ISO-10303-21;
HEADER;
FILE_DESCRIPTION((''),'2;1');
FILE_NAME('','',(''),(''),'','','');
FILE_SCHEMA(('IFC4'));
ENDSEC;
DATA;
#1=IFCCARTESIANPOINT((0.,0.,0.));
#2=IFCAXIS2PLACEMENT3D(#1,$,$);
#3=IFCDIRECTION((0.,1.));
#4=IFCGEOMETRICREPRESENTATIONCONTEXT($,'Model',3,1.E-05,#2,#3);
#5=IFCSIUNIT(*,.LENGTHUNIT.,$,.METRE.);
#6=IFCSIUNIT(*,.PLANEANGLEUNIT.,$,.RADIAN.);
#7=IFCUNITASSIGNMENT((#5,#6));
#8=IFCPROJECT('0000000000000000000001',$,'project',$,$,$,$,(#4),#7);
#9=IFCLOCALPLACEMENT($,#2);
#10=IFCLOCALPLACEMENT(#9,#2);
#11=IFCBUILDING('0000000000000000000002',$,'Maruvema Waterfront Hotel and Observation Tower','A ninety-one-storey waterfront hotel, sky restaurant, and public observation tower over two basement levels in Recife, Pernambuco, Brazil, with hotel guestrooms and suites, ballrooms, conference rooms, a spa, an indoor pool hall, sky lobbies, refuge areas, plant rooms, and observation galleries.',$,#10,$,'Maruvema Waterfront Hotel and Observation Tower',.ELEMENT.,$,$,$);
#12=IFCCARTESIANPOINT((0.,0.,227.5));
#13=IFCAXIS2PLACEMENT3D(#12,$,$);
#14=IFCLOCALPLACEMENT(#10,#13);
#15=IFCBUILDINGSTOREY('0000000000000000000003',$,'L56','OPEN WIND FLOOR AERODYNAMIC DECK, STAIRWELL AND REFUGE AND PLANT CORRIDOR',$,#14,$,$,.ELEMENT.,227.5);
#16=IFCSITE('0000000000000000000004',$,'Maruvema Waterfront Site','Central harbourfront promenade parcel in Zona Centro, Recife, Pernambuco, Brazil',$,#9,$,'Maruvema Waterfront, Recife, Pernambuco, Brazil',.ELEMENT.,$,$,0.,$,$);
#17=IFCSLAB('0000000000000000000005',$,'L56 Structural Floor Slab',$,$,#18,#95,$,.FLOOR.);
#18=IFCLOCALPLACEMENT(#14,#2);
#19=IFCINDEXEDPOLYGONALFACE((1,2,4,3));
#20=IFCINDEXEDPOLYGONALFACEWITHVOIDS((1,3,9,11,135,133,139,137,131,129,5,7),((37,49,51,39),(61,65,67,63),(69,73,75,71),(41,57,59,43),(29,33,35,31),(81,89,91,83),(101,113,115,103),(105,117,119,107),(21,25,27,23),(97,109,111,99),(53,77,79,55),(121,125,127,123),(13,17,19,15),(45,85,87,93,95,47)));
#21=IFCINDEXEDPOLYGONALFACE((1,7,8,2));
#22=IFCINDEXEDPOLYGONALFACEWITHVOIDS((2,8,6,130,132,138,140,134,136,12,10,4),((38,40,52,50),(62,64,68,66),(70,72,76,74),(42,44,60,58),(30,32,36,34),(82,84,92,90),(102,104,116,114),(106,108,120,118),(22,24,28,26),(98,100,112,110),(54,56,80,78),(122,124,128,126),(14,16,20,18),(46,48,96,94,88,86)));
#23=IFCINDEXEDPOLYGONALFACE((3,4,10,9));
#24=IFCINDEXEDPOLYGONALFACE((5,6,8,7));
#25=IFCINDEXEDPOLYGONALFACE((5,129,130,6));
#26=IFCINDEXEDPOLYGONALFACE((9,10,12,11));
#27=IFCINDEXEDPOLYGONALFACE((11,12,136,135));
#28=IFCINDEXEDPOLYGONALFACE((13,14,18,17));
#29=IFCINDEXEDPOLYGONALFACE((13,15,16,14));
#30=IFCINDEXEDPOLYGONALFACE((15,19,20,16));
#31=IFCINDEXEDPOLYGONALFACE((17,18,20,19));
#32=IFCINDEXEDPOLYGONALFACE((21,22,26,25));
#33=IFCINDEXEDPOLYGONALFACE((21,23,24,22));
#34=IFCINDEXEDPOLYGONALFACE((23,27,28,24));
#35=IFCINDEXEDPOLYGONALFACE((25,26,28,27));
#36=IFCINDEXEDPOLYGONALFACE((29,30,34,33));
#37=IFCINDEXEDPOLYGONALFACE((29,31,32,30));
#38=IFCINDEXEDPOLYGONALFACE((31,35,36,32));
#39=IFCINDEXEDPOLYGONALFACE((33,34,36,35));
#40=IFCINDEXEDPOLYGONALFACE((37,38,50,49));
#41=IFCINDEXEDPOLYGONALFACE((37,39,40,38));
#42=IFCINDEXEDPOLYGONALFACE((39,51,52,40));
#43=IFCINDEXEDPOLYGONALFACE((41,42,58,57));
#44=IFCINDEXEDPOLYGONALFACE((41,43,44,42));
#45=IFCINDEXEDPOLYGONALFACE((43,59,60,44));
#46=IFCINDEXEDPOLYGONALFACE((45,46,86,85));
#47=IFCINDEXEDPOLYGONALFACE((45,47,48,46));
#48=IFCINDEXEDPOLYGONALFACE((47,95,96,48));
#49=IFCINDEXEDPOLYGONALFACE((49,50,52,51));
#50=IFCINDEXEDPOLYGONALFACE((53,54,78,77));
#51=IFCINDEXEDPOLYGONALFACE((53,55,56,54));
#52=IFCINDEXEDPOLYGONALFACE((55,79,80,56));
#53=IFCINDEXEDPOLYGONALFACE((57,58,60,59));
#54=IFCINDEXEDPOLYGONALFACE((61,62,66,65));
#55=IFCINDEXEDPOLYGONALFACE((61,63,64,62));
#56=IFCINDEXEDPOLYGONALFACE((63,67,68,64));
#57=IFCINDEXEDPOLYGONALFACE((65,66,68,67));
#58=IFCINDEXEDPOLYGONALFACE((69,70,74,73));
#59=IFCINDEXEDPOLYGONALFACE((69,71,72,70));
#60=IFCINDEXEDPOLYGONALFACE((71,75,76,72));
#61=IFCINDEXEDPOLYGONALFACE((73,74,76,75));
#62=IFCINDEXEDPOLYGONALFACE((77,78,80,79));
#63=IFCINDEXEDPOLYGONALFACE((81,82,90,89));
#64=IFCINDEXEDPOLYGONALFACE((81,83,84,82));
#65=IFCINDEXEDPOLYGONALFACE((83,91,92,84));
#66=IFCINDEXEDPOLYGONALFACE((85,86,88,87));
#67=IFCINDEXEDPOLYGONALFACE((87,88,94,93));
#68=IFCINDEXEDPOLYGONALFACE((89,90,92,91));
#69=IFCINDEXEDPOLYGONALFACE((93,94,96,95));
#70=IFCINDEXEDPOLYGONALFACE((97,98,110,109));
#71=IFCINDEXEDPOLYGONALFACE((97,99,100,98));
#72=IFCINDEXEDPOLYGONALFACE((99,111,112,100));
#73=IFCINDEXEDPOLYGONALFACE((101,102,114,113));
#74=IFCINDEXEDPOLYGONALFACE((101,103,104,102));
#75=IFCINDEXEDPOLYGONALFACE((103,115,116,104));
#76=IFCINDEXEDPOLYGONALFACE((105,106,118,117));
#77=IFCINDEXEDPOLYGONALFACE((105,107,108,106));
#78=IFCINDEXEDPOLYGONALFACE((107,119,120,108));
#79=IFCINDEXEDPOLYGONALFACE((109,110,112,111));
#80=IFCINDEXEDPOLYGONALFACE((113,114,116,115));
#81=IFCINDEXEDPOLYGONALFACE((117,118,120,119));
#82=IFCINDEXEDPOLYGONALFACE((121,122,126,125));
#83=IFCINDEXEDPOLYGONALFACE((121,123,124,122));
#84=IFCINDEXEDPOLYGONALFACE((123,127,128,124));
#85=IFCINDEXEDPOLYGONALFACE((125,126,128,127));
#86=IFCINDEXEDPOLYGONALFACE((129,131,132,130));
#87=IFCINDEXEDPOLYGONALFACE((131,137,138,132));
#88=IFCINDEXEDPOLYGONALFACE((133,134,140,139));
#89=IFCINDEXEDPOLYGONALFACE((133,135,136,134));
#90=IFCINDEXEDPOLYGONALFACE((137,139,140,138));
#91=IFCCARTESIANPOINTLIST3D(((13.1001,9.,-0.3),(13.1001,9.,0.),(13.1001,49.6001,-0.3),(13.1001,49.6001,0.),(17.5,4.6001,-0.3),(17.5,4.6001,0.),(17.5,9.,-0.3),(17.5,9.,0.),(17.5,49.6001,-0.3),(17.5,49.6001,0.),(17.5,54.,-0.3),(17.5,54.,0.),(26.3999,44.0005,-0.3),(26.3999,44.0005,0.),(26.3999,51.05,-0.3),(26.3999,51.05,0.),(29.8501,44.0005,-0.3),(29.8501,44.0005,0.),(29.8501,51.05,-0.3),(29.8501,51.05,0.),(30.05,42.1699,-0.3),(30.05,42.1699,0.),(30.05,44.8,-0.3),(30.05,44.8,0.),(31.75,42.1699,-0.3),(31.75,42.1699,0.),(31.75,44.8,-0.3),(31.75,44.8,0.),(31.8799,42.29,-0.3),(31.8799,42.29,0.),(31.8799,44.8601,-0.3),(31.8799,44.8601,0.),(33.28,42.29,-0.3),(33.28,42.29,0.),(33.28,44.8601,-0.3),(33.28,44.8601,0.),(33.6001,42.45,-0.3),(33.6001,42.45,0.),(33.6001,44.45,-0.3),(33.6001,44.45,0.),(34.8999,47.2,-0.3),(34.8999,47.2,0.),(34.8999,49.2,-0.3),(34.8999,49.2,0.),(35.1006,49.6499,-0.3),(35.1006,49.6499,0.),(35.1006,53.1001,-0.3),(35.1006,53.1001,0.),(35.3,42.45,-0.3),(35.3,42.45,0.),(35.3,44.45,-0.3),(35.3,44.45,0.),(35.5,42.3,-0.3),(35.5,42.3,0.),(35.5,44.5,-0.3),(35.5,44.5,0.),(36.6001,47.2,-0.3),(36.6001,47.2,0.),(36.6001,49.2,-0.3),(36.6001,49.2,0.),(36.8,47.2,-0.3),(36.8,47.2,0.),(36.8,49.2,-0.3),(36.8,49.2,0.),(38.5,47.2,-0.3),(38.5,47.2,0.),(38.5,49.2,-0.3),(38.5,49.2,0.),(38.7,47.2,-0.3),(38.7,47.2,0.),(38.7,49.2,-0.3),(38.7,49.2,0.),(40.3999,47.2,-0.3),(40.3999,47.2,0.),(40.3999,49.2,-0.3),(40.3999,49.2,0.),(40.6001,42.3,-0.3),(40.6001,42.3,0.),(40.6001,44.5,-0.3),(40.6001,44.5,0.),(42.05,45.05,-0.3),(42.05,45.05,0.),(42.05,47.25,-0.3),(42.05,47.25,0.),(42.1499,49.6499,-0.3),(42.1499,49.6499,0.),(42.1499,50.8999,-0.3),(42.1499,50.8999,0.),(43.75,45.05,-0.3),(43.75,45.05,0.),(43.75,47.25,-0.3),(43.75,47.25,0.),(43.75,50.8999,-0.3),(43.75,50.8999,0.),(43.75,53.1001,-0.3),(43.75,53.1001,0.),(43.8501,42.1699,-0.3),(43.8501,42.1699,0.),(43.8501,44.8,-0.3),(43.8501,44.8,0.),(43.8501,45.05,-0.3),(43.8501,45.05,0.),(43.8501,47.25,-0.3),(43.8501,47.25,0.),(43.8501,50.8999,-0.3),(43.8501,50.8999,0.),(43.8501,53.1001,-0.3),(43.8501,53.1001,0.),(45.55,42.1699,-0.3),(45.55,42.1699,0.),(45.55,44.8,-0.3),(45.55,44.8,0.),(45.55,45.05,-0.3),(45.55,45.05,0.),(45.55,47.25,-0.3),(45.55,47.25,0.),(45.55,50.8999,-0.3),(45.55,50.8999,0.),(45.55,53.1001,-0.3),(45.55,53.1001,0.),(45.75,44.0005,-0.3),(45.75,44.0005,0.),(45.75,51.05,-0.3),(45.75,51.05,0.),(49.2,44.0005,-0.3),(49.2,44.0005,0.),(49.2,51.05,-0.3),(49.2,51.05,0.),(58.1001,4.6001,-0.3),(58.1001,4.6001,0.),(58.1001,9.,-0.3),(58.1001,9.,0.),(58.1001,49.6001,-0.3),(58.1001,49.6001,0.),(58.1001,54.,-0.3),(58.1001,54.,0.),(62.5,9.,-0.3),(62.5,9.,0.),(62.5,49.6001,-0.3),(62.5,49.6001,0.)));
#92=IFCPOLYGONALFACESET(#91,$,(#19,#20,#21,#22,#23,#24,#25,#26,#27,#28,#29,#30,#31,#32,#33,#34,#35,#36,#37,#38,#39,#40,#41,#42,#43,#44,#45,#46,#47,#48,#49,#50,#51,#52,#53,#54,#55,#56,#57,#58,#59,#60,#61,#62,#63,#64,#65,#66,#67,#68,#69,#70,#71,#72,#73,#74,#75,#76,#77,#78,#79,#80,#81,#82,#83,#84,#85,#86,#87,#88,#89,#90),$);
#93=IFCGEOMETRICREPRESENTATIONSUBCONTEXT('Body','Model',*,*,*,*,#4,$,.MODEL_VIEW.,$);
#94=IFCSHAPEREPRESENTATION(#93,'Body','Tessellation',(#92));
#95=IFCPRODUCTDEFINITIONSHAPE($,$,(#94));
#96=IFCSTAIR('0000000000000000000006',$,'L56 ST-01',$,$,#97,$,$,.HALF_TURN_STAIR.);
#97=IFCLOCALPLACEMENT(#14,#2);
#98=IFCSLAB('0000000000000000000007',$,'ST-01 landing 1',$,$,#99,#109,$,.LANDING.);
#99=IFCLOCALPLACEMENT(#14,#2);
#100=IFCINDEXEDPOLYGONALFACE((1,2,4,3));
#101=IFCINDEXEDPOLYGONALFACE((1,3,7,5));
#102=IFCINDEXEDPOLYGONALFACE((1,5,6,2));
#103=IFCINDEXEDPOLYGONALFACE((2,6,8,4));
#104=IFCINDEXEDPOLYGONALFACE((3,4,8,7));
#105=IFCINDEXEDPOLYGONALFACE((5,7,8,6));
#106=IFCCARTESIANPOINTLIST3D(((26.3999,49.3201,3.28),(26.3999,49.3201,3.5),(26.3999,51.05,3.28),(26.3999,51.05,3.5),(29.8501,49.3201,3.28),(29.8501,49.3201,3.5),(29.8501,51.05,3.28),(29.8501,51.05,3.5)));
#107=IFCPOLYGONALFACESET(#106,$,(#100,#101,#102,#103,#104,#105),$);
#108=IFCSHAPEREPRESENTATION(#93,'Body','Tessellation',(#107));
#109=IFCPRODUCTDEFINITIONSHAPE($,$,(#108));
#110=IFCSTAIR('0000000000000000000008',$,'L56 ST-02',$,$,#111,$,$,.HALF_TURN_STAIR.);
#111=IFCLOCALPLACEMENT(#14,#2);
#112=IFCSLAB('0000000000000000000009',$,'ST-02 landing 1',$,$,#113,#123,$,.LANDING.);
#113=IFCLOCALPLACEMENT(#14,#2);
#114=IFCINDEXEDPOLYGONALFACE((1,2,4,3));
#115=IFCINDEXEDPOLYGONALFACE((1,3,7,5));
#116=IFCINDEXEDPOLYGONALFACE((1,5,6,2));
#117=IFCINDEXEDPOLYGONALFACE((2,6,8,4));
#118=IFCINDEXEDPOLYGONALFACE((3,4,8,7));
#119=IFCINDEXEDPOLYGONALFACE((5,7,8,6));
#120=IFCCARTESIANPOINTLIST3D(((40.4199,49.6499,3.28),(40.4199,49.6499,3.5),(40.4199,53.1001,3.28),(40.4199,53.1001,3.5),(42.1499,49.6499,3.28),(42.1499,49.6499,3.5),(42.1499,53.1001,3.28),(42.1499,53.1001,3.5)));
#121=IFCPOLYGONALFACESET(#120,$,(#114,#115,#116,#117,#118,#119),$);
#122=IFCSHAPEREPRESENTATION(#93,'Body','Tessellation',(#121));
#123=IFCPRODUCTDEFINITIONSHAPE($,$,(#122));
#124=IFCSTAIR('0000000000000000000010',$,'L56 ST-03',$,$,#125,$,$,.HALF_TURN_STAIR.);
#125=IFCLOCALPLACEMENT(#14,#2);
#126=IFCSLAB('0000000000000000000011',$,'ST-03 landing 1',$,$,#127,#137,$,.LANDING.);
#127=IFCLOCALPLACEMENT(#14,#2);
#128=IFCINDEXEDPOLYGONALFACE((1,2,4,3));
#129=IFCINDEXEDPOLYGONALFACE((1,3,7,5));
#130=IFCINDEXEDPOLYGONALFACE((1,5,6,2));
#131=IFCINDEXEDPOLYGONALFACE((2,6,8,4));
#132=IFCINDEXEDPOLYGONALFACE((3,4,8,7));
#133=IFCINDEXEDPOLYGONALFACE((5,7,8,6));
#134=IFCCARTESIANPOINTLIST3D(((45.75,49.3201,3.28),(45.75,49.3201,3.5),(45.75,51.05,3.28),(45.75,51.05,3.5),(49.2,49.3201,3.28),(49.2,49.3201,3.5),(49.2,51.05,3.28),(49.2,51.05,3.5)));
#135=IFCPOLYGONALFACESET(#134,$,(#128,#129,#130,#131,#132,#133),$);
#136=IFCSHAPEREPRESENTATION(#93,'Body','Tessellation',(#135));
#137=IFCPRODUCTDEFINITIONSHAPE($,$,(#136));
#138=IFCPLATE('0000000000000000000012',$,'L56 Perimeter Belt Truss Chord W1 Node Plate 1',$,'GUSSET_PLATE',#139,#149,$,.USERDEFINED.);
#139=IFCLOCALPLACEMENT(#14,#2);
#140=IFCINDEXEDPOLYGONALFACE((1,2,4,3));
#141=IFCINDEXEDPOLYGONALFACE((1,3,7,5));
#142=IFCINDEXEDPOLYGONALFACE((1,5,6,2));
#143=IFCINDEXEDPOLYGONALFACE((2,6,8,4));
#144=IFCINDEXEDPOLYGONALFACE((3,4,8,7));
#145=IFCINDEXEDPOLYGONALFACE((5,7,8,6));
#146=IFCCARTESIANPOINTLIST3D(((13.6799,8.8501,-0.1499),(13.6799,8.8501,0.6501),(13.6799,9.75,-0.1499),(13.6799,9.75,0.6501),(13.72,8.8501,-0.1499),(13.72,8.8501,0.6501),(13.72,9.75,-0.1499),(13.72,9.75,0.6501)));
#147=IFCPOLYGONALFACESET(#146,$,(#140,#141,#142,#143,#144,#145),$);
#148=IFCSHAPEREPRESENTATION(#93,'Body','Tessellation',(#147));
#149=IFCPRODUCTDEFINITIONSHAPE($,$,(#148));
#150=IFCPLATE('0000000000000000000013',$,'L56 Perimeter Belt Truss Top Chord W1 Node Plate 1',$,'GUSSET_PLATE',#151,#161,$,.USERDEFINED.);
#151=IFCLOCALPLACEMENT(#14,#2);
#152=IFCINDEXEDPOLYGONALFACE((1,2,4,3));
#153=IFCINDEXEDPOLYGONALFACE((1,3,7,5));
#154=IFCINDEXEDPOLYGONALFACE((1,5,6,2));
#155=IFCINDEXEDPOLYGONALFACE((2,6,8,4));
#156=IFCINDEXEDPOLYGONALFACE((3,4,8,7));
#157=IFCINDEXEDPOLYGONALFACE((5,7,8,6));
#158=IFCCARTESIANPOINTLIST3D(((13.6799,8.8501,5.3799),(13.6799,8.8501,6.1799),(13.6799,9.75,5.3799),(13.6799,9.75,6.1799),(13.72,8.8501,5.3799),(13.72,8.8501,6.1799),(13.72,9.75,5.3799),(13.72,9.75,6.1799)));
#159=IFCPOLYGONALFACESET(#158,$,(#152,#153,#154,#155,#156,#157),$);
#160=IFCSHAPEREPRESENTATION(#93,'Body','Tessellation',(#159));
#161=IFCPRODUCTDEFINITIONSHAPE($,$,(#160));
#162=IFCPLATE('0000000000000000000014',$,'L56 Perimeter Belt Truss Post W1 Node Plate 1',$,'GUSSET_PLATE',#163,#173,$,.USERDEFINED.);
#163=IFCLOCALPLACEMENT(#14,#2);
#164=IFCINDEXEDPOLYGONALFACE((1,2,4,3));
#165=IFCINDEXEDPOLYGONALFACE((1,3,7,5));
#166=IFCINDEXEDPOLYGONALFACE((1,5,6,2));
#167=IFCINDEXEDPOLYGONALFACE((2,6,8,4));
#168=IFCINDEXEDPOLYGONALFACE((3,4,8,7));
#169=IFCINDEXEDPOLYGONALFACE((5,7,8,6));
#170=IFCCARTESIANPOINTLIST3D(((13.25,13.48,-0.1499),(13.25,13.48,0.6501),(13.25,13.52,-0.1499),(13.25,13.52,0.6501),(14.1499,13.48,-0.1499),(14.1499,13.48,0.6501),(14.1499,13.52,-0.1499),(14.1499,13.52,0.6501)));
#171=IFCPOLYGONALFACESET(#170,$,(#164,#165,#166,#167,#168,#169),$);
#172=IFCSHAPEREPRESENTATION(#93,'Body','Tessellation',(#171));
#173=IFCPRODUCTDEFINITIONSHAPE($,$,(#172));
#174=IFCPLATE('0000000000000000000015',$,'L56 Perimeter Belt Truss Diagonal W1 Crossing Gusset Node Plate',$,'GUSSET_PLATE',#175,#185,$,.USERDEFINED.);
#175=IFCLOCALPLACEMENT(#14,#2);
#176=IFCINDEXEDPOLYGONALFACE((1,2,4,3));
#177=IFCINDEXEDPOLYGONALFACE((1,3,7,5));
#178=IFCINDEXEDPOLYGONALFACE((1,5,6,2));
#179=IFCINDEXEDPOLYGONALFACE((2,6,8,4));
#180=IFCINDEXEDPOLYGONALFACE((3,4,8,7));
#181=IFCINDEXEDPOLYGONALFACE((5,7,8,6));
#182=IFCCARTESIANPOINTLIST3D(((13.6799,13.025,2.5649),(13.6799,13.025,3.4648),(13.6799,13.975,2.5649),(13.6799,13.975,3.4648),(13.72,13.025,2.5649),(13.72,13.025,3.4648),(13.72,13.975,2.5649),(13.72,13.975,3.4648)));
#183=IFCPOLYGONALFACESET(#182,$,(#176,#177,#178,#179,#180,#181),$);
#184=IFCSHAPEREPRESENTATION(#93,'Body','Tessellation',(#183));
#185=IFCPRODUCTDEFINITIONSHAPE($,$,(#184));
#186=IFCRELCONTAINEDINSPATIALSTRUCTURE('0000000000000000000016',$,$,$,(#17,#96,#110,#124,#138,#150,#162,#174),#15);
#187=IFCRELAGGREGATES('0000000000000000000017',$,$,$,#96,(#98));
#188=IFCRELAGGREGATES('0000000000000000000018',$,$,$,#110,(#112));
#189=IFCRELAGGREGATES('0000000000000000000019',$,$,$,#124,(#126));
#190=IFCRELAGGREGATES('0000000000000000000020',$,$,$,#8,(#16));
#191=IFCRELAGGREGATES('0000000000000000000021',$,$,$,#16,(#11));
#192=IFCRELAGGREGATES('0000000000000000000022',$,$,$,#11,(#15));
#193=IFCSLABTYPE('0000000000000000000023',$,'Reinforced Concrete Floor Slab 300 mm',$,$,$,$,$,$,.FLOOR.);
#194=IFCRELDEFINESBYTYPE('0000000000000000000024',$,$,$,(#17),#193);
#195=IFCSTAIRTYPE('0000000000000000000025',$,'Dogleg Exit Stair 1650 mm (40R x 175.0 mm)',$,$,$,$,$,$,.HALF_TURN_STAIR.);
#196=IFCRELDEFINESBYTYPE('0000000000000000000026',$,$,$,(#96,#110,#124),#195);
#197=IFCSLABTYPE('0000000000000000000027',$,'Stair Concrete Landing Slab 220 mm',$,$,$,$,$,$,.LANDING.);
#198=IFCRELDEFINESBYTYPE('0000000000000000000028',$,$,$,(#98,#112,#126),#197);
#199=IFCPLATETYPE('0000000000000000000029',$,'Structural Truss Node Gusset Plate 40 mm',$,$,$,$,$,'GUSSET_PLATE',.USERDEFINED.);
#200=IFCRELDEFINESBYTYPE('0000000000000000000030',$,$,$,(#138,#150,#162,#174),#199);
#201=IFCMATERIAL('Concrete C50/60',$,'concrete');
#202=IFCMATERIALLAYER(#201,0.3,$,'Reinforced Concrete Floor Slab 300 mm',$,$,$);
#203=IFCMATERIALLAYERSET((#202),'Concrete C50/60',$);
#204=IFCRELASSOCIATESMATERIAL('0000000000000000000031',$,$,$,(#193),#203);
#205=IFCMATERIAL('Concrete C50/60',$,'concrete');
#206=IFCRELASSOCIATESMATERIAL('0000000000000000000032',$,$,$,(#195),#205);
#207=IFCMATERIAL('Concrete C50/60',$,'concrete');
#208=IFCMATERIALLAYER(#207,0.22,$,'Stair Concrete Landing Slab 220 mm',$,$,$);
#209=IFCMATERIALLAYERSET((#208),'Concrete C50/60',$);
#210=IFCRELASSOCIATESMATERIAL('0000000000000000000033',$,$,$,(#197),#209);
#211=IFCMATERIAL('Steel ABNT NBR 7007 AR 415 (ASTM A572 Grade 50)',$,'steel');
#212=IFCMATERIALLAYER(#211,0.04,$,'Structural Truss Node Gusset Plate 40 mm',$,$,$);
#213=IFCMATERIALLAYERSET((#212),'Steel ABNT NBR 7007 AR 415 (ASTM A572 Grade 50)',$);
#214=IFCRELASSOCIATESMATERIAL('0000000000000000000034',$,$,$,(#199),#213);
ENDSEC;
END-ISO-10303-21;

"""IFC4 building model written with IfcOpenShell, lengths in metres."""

from ifc_helpers import new_model, si_unit, direction, frame, origin, origin_2d, place, context, subcontext, project, spatial, polyline, rectangle, outline, extrude, material, layer, layer_set, type_object, element, aggregate, save


model = new_model("IFC4")

# Units and contexts
model_context = context("Model", 3, precision=1e-05, world=origin(), true_north=direction((0.0, 1.0)))
body_context = subcontext(model_context, "Body", "Model", "MODEL_VIEW")
ifc_project = project(units=[si_unit("LENGTHUNIT", "METRE"), si_unit("PLANEANGLEUNIT", "RADIAN")], contexts=[model_context])

# Site, building, storey
site_placement = place(None, origin())
site = spatial("IfcSite", under=ifc_project, at=site_placement, Name="Maruvema Waterfront Site", Description="Central harbourfront promenade parcel in Zona Centro, Recife, Pernambuco, Brazil", LongName="Maruvema Waterfront, Recife, Pernambuco, Brazil", CompositionType="ELEMENT", RefElevation=0.0)
building_placement = place(site_placement, origin())
building = spatial("IfcBuilding", under=site, at=building_placement, Name="Maruvema Waterfront Hotel and Observation Tower", Description="A ninety-one-storey waterfront hotel, sky restaurant, and public observation tower over two basement levels in Recife, Pernambuco, Brazil, with hotel guestrooms and suites, ballrooms, conference rooms, a spa, an indoor pool hall, sky lobbies, refuge areas, plant rooms, and observation galleries.", LongName="Maruvema Waterfront Hotel and Observation Tower", CompositionType="ELEMENT")
storey_placement = place(building_placement, frame((0.0, 0.0, 227.5)))
storey = spatial("IfcBuildingStorey", under=building, at=storey_placement, Name="L56", Description="OPEN WIND FLOOR AERODYNAMIC DECK, STAIRWELL AND REFUGE AND PLANT CORRIDOR", CompositionType="ELEMENT", Elevation=227.5)

# Slab
ifc_material_1 = material(Name="Concrete C50/60", Category="concrete")
ifc_layer_1 = layer(ifc_material_1, 0.3, Name="Reinforced Concrete Floor Slab 300 mm")
ifc_layer_set_1 = layer_set([ifc_layer_1], Name="Concrete C50/60")
slab_type_1 = type_object("IfcSlabType", Name="Reinforced Concrete Floor Slab 300 mm", PredefinedType="FLOOR", material=ifc_layer_set_1)
slab_1_placement = place(storey_placement, frame((0.0, 0.0, -0.3)))
element("IfcSlab", 1, at=slab_1_placement, inside=storey, type_object=slab_type_1, Name="L56 Structural Floor Slab", PredefinedType="FLOOR", context=body_context, shape_type="SweptSolid", body=[
    extrude(outline(polyline([(17.5, 4.6001), (58.1001, 4.6001), (58.1001, 9.0), (62.5, 9.0), (62.5, 49.6001), (58.1001, 49.6001), (58.1001, 54.0), (17.5, 54.0), (17.5, 49.6001), (13.1001, 49.6001), (13.1001, 9.0), (17.5, 9.0), (17.5, 4.6001)]), holes=[polyline([(26.3999, 44.0005), (26.3999, 51.05), (29.8501, 51.05), (29.8501, 44.0005), (26.3999, 44.0005)]), polyline([(30.05, 44.8), (31.75, 44.8), (31.75, 42.1699), (30.05, 42.1699), (30.05, 44.8)]), polyline([(31.8799, 44.8601), (33.28, 44.8601), (33.28, 42.29), (31.8799, 42.29), (31.8799, 44.8601)]), polyline([(33.6001, 44.45), (35.3, 44.45), (35.3, 42.45), (33.6001, 42.45), (33.6001, 44.45)]), polyline([(34.8999, 49.2), (36.6001, 49.2), (36.6001, 47.2), (34.8999, 47.2), (34.8999, 49.2)]), polyline([(36.8, 49.2), (38.5, 49.2), (38.5, 47.2), (36.8, 47.2), (36.8, 49.2)]), polyline([(35.5, 42.3), (35.5, 44.5), (40.6001, 44.5), (40.6001, 42.3), (35.5, 42.3)]), polyline([(35.1006, 53.1001), (43.75, 53.1001), (43.75, 50.8999), (42.1499, 50.8999), (42.1499, 49.6499), (35.1006, 49.6499), (35.1006, 53.1001)]), polyline([(38.7, 49.2), (40.3999, 49.2), (40.3999, 47.2), (38.7, 47.2), (38.7, 49.2)]), polyline([(42.05, 47.25), (43.75, 47.25), (43.75, 45.05), (42.05, 45.05), (42.05, 47.25)]), polyline([(43.8501, 44.8), (45.55, 44.8), (45.55, 42.1699), (43.8501, 42.1699), (43.8501, 44.8)]), polyline([(43.8501, 47.25), (45.55, 47.25), (45.55, 45.05), (43.8501, 45.05), (43.8501, 47.25)]), polyline([(45.55, 53.1001), (45.55, 50.8999), (43.8501, 50.8999), (43.8501, 53.1001), (45.55, 53.1001)]), polyline([(45.75, 44.0005), (45.75, 51.05), (49.2, 51.05), (49.2, 44.0005), (45.75, 44.0005)])]), origin(), (0.0, 0.0, 1.0), 0.3),
])

# Stairs, slabs
ifc_material_2 = material(Name="Concrete C50/60", Category="concrete")
stair_type = type_object("IfcStairType", Name="Dogleg Exit Stair 1650 mm (40R x 175.0 mm)", PredefinedType="HALF_TURN_STAIR", material=ifc_material_2)
stair_1_placement = place(storey_placement, origin())
stair_1 = element("IfcStair", 2, at=stair_1_placement, inside=storey, type_object=stair_type, Name="L56 ST-01", PredefinedType="HALF_TURN_STAIR")
ifc_material_3 = material(Name="Concrete C50/60", Category="concrete")
ifc_layer_2 = layer(ifc_material_3, 0.22, Name="Stair Concrete Landing Slab 220 mm")
ifc_layer_set_2 = layer_set([ifc_layer_2], Name="Concrete C50/60")
slab_type_2 = type_object("IfcSlabType", Name="Stair Concrete Landing Slab 220 mm", PredefinedType="LANDING", material=ifc_layer_set_2)
slab_2_placement = place(storey_placement, frame((0.0, 0.0, 3.28)))
slab_2 = element("IfcSlab", 3, at=slab_2_placement, type_object=slab_type_2, Name="ST-01 landing 1", PredefinedType="LANDING", context=body_context, shape_type="SweptSolid", body=[
    extrude(outline(polyline([(29.8501, 49.3201), (29.8501, 51.05), (26.3999, 51.05), (26.3999, 49.3201), (29.8501, 49.3201)])), origin(), (0.0, 0.0, 1.0), 0.22),
])
aggregate(stair_1, [slab_2])
stair_2_placement = place(storey_placement, origin())
stair_2 = element("IfcStair", 4, at=stair_2_placement, inside=storey, type_object=stair_type, Name="L56 ST-02", PredefinedType="HALF_TURN_STAIR")
slab_3_placement = place(storey_placement, frame((0.0, 0.0, 3.28)))
slab_3 = element("IfcSlab", 5, at=slab_3_placement, type_object=slab_type_2, Name="ST-02 landing 1", PredefinedType="LANDING", context=body_context, shape_type="SweptSolid", body=[
    extrude(outline(polyline([(40.4199, 49.6499), (42.1499, 49.6499), (42.1499, 53.1001), (40.4199, 53.1001), (40.4199, 49.6499)])), origin(), (0.0, 0.0, 1.0), 0.22),
])
aggregate(stair_2, [slab_3])
stair_3_placement = place(storey_placement, origin())
stair_3 = element("IfcStair", 6, at=stair_3_placement, inside=storey, type_object=stair_type, Name="L56 ST-03", PredefinedType="HALF_TURN_STAIR")
slab_4_placement = place(storey_placement, frame((0.0, 0.0, 3.28)))
slab_4 = element("IfcSlab", 7, at=slab_4_placement, type_object=slab_type_2, Name="ST-03 landing 1", PredefinedType="LANDING", context=body_context, shape_type="SweptSolid", body=[
    extrude(outline(polyline([(49.2, 49.3201), (49.2, 51.05), (45.75, 51.05), (45.75, 49.3201), (49.2, 49.3201)])), origin(), (0.0, 0.0, 1.0), 0.22),
])
aggregate(stair_3, [slab_4])

# Plates
ifc_material_4 = material(Name="Steel ABNT NBR 7007 AR 415 (ASTM A572 Grade 50)", Category="steel")
ifc_layer_3 = layer(ifc_material_4, 0.04, Name="Structural Truss Node Gusset Plate 40 mm")
ifc_layer_set_3 = layer_set([ifc_layer_3], Name="Steel ABNT NBR 7007 AR 415 (ASTM A572 Grade 50)")
plate_type_1 = type_object("IfcPlateType", Name="Structural Truss Node Gusset Plate 40 mm", ElementType="GUSSET_PLATE", PredefinedType="USERDEFINED", material=ifc_layer_set_3)
for number, where, z_axis, x_axis, name in (
    (8, (13.7, 9.3, -0.1499), (0.0, 0.0, 1.0), (0.0, 1.0, 0.0), "L56 Perimeter Belt Truss Chord W1 Node Plate 1"),
    (9, (13.7, 9.3, 5.3799), (0.0, 0.0, 1.0), (0.0, 1.0, 0.0), "L56 Perimeter Belt Truss Top Chord W1 Node Plate 1"),
    (10, (13.7, 13.5, -0.1499), (0.0, 0.0, 1.0), (1.0, 0.0, 0.0), "L56 Perimeter Belt Truss Post W1 Node Plate 1"),
):
    element("IfcPlate", number, at=place(storey_placement, frame(where, z_axis=z_axis, x_axis=x_axis)), inside=storey, type_object=plate_type_1, Name=name, ObjectType="GUSSET_PLATE", PredefinedType="USERDEFINED", context=body_context, shape_type="SweptSolid", body=[
        extrude(rectangle(XDim=0.8999, YDim=0.04, at=origin_2d()), origin(), (0.0, 0.0, 1.0), 0.8),
    ])
plate_placement = place(storey_placement, frame((13.7, 13.5, 2.5649), z_axis=(0.0, 0.0, 1.0), x_axis=(0.0, -1.0, 0.0)))
element("IfcPlate", 11, at=plate_placement, inside=storey, type_object=plate_type_1, Name="L56 Perimeter Belt Truss Diagonal W1 Crossing Gusset Node Plate", ObjectType="GUSSET_PLATE", PredefinedType="USERDEFINED", context=body_context, shape_type="SweptSolid", body=[
    extrude(rectangle(XDim=0.95, YDim=0.04, at=origin_2d()), origin(), (0.0, 0.0, 1.0), 0.8999),
])

save(model, "model.ifc")
